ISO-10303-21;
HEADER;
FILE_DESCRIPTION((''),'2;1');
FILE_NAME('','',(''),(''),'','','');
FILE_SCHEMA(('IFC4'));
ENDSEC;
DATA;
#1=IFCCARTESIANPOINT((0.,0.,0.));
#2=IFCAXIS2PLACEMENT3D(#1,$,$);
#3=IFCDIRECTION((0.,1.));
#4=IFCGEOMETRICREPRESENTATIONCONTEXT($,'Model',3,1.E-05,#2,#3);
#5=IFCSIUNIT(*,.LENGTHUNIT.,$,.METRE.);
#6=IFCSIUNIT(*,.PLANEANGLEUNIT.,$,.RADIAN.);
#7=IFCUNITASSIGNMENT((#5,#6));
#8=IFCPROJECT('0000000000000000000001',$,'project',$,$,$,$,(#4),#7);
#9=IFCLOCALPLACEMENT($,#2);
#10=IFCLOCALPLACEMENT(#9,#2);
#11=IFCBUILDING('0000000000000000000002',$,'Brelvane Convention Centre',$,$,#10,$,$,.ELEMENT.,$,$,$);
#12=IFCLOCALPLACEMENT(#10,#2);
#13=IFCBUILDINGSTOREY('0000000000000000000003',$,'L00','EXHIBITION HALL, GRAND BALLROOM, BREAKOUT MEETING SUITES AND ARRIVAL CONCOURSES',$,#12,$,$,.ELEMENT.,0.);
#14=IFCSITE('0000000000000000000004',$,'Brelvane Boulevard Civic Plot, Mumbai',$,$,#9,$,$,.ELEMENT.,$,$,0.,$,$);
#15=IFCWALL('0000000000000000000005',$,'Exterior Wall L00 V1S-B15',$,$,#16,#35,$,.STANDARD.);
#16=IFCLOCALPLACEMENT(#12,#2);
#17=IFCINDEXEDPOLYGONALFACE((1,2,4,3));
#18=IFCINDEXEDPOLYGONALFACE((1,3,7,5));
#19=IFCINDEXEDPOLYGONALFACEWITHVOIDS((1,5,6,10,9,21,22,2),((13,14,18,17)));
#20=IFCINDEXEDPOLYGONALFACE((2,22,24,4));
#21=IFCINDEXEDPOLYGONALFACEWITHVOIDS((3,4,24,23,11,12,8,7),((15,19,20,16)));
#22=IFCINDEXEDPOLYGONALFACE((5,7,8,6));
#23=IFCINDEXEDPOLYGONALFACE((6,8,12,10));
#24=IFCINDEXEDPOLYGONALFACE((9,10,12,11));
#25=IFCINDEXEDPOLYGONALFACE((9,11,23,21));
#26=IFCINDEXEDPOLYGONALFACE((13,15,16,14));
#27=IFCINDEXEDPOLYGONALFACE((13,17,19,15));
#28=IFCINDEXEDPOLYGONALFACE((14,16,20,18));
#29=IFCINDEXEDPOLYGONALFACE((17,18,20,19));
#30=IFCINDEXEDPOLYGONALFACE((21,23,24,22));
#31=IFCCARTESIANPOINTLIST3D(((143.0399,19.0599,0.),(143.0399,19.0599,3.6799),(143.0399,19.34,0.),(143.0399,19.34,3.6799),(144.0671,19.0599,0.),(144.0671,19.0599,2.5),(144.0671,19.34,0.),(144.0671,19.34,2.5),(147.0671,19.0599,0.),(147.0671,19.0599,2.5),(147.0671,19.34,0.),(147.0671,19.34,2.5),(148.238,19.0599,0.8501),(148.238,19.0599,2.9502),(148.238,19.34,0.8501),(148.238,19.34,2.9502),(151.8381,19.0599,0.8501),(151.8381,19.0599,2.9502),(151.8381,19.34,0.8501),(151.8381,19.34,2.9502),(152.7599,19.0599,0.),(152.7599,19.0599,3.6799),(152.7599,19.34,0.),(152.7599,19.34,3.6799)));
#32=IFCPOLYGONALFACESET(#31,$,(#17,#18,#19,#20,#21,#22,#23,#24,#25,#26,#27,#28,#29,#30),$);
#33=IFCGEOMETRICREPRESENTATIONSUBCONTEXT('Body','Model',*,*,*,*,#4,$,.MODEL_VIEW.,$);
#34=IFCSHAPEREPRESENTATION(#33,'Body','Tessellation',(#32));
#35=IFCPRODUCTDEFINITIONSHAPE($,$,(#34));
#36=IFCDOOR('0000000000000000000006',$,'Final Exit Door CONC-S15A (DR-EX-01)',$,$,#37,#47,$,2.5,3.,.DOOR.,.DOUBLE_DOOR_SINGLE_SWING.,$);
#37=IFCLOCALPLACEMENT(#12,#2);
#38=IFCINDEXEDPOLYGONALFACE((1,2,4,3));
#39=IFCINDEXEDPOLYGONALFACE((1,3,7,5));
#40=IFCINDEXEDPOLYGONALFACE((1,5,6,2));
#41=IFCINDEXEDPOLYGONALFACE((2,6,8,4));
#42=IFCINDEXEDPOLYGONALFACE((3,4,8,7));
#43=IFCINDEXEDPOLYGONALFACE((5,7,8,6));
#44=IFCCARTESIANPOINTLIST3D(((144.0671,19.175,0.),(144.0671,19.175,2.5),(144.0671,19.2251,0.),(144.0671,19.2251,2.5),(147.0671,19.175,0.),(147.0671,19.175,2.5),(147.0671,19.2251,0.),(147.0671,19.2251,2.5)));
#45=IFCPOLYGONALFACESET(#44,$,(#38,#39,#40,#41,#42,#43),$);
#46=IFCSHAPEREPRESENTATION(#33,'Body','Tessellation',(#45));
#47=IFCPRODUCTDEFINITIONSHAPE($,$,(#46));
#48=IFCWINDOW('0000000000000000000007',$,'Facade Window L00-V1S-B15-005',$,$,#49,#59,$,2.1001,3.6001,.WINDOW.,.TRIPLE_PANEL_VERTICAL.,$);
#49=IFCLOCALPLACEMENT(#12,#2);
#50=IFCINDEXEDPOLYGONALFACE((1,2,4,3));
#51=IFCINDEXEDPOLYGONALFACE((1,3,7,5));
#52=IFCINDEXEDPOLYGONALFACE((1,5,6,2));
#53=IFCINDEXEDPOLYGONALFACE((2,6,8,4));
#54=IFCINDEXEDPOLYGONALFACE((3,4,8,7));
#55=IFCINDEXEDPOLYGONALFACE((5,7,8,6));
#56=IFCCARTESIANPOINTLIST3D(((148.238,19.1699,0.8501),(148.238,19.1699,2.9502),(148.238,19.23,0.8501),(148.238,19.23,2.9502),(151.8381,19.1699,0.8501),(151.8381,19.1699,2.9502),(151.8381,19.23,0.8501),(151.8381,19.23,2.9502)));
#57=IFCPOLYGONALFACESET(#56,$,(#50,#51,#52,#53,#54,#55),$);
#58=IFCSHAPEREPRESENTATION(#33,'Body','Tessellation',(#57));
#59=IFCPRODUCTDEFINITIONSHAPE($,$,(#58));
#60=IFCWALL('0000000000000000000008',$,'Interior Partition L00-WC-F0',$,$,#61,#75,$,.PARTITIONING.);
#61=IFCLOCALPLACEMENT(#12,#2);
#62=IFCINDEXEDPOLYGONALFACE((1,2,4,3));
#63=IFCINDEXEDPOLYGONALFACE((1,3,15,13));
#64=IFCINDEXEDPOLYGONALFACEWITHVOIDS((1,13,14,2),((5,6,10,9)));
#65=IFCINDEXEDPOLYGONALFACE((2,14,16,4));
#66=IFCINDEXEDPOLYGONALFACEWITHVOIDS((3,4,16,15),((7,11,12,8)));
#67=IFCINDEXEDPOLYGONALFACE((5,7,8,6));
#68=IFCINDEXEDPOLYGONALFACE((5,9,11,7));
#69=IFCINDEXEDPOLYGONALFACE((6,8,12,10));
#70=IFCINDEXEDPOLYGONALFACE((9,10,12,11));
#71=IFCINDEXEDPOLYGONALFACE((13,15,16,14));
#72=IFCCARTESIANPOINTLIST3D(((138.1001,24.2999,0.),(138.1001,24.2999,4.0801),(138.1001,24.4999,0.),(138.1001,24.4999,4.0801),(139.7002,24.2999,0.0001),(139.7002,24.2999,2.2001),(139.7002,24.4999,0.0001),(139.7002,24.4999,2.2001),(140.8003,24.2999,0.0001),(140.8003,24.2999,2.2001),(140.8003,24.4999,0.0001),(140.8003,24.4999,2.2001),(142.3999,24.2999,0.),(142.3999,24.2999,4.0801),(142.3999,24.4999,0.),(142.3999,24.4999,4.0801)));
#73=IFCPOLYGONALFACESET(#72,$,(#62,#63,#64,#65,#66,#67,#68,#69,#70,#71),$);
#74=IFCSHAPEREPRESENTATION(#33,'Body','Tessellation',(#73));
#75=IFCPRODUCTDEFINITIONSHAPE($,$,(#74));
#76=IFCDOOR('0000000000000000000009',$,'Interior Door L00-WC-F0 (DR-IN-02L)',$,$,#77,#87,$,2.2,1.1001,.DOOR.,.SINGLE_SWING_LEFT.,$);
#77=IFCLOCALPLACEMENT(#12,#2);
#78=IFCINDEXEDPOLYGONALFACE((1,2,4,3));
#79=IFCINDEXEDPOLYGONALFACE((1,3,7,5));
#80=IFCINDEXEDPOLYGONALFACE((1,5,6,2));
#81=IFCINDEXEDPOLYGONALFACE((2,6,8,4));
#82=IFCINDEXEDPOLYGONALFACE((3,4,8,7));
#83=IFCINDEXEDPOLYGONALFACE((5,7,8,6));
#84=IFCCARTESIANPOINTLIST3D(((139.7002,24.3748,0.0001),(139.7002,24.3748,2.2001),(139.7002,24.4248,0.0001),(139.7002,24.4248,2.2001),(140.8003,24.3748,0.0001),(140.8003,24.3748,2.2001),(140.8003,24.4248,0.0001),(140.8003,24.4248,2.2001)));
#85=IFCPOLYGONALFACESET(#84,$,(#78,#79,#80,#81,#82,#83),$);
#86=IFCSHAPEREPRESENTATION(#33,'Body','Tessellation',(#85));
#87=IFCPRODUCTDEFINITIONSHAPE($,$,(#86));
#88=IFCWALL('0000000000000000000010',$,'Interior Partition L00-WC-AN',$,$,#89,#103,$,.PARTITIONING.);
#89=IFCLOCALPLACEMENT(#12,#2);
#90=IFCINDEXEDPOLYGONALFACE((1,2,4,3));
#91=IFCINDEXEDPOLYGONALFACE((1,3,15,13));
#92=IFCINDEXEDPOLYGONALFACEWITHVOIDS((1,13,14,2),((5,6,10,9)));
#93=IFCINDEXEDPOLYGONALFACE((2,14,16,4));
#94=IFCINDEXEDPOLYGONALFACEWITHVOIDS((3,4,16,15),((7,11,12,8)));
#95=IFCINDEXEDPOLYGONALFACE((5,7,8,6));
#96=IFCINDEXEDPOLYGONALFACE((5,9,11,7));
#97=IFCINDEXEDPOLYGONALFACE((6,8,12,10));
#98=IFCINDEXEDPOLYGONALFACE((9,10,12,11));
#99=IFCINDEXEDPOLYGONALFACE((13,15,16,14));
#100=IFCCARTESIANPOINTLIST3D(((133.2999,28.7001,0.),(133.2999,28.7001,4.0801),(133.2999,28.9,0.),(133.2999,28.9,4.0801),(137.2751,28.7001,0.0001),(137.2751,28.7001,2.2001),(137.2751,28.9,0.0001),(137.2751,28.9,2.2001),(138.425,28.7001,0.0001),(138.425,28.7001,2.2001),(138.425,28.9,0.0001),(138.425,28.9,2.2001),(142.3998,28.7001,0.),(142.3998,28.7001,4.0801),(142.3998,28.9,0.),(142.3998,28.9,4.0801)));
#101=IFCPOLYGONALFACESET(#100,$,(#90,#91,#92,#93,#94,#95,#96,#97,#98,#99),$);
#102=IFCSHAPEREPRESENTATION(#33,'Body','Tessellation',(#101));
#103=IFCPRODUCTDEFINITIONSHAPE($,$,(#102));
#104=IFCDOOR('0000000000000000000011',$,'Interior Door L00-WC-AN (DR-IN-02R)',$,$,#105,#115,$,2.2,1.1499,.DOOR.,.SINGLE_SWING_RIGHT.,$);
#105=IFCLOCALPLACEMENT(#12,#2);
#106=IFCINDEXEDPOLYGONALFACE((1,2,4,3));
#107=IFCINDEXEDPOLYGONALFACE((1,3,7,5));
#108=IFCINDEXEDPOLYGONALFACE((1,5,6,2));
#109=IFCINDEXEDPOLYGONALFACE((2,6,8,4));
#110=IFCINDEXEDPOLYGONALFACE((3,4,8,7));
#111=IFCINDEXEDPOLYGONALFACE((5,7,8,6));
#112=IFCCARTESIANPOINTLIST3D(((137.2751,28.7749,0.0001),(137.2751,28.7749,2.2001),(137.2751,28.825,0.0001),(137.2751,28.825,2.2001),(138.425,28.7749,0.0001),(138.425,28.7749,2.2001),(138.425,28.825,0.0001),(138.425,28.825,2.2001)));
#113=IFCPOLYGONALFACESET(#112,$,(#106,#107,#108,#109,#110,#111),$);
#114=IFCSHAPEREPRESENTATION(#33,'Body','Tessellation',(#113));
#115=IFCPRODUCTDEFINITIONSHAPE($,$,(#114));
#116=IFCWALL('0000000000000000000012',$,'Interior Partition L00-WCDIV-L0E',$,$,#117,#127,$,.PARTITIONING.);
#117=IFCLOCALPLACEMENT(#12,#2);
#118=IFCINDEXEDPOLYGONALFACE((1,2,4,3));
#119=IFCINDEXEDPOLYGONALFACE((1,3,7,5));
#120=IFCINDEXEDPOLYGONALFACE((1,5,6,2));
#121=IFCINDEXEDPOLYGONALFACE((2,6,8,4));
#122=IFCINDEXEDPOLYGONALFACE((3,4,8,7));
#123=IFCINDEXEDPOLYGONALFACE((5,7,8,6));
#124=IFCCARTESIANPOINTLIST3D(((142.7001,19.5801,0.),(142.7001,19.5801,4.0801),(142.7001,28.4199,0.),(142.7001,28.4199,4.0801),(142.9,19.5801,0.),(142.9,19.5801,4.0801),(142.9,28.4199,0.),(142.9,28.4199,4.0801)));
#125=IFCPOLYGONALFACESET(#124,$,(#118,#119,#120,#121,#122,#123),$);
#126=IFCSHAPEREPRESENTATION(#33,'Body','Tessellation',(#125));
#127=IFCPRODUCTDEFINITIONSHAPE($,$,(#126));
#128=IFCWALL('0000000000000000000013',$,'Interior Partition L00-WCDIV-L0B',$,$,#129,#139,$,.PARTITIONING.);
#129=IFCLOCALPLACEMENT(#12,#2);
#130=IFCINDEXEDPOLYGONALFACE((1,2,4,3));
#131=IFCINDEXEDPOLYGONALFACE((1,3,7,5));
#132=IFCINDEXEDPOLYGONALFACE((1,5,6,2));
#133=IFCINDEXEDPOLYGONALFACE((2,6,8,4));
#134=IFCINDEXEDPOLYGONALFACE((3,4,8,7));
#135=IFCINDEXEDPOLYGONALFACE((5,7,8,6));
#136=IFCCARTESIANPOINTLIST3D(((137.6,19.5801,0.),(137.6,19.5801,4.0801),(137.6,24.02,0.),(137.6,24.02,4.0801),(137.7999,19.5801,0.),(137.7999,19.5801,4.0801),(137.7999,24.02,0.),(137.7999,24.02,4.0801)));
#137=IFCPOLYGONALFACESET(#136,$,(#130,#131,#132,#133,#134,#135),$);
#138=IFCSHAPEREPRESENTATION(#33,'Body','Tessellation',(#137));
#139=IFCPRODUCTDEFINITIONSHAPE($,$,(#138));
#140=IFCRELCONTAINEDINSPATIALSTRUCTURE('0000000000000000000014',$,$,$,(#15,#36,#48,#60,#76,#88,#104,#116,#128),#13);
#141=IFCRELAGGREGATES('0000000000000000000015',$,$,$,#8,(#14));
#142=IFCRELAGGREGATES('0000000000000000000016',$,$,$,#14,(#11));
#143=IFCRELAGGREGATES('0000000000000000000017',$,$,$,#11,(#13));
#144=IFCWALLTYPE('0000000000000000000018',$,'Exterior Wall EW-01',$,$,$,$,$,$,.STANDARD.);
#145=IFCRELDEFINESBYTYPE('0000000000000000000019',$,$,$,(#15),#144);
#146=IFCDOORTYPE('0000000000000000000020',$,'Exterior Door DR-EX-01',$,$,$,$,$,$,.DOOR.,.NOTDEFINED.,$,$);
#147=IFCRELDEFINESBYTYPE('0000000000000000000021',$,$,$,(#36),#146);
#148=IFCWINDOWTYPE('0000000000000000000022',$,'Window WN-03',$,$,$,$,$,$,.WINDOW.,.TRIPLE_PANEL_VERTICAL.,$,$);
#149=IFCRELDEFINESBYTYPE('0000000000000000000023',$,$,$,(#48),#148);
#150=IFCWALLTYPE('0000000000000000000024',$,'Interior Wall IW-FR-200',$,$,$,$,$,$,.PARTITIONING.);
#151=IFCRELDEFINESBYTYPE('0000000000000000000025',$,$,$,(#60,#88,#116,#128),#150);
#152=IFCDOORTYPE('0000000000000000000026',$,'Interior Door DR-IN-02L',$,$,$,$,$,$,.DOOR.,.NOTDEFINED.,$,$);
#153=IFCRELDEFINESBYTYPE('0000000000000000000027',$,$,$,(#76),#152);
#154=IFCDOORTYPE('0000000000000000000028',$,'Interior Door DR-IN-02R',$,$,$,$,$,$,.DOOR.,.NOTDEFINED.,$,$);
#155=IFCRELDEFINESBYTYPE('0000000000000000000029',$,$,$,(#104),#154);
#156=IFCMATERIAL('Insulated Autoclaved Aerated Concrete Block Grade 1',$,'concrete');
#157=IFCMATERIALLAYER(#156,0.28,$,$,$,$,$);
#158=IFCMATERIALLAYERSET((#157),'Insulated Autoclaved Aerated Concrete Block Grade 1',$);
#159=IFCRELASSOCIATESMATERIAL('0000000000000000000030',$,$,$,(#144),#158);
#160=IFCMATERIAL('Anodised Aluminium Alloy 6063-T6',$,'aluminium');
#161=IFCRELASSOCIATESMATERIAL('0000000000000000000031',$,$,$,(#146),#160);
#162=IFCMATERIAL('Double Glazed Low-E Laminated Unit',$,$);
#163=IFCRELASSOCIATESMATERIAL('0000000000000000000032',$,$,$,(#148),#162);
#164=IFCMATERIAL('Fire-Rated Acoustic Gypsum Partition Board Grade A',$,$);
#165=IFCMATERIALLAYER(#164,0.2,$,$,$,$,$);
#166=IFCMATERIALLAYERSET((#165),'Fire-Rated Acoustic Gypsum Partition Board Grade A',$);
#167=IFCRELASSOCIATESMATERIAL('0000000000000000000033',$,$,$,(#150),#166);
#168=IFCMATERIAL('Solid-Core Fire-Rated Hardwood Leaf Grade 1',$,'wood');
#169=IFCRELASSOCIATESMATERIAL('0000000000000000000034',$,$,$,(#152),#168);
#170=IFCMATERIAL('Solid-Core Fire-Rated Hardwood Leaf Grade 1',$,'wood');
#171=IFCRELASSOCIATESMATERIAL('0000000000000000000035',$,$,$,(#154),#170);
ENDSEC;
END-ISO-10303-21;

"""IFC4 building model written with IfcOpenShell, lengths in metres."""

from ifc_helpers import new_model, si_unit, direction, frame, frame_2d, origin, place, context, subcontext, project, spatial, rectangle, extrude, material, layer, layer_set, type_object, element, fill, save


model = new_model("IFC4")

# Units and contexts
model_context = context("Model", 3, precision=1e-05, world=origin(), true_north=direction((0.0, 1.0)))
body_context = subcontext(model_context, "Body", "Model", "MODEL_VIEW")
ifc_project = project(units=[si_unit("LENGTHUNIT", "METRE"), si_unit("PLANEANGLEUNIT", "RADIAN")], contexts=[model_context])

# Site, building, storey
site_placement = place(None, origin())
site = spatial("IfcSite", under=ifc_project, at=site_placement, Name="Brelvane Boulevard Civic Plot, Mumbai", CompositionType="ELEMENT", RefElevation=0.0)
building_placement = place(site_placement, origin())
building = spatial("IfcBuilding", under=site, at=building_placement, Name="Brelvane Convention Centre", CompositionType="ELEMENT")
storey_placement = place(building_placement, origin())
storey = spatial("IfcBuildingStorey", under=building, at=storey_placement, Name="L00", Description="EXHIBITION HALL, GRAND BALLROOM, BREAKOUT MEETING SUITES AND ARRIVAL CONCOURSES", CompositionType="ELEMENT", Elevation=0.0)

# Wall, openings, door, window
ifc_material_1 = material(Name="Insulated Autoclaved Aerated Concrete Block Grade 1", Category="concrete")
ifc_layer_1 = layer(ifc_material_1, 0.28)
ifc_layer_set_1 = layer_set([ifc_layer_1], Name="Insulated Autoclaved Aerated Concrete Block Grade 1")
wall_type_1 = type_object("IfcWallType", Name="Exterior Wall EW-01", PredefinedType="STANDARD", material=ifc_layer_set_1)
wall_1_placement = place(storey_placement, frame((143.04, 19.2, 0.0), z_axis=(0.0, 0.0, 1.0), x_axis=(1.0, 0.0, 0.0)))
wall_1 = element("IfcWall", 1, at=wall_1_placement, inside=storey, type_object=wall_type_1, Name="Exterior Wall L00 V1S-B15", PredefinedType="STANDARD", context=body_context, shape_type="SweptSolid", body=[
    extrude(rectangle(XDim=9.72, YDim=0.28, at=frame_2d((4.8599, 0.0))), origin(), (0.0, 0.0, 1.0), 3.6799),
])
opening_1_placement = place(wall_1_placement, frame((1.0271, 0.0, 0.0)))
opening_1 = element("IfcOpeningElement", 2, at=opening_1_placement, cuts=wall_1, PredefinedType="OPENING", context=body_context, shape_type="SweptSolid", body=[
    extrude(rectangle(XDim=3.0, YDim=2.5, at=frame_2d((1.5, 1.25))), frame((0.0, 0.1499, 0.0), z_axis=(0.0, -1.0, 0.0), x_axis=(1.0, 0.0, 0.0)), (0.0, 0.0, 1.0), 0.3),
])
opening_2_placement = place(wall_1_placement, frame((5.198, 0.0, 0.8501)))
opening_2 = element("IfcOpeningElement", 3, at=opening_2_placement, cuts=wall_1, PredefinedType="OPENING", context=body_context, shape_type="SweptSolid", body=[
    extrude(rectangle(XDim=3.6001, YDim=2.1001, at=frame_2d((1.8, 1.05))), frame((0.0, 0.1499, 0.0), z_axis=(0.0, -1.0, 0.0), x_axis=(1.0, 0.0, 0.0)), (0.0, 0.0, 1.0), 0.3),
])
ifc_material_2 = material(Name="Anodised Aluminium Alloy 6063-T6", Category="aluminium")
door_type_1 = type_object("IfcDoorType", Name="Exterior Door DR-EX-01", OperationType="NOTDEFINED", PredefinedType="DOOR", material=ifc_material_2)
door_1_placement = place(opening_1_placement, frame((3.0, 0.0, 0.0), z_axis=(0.0, 0.0, 1.0), x_axis=(-1.0, 0.0, 0.0)))
door_1 = element("IfcDoor", 4, at=door_1_placement, inside=storey, type_object=door_type_1, Name="Final Exit Door CONC-S15A (DR-EX-01)", OperationType="DOUBLE_DOOR_SINGLE_SWING", OverallHeight=2.5, OverallWidth=3.0, PredefinedType="DOOR", context=body_context, shape_type="SweptSolid", body=[
    extrude(rectangle(XDim=3.0, YDim=2.5, at=frame_2d((1.5, 1.25))), frame((0.0, 0.0249, 0.0), z_axis=(0.0, -1.0, 0.0), x_axis=(1.0, 0.0, 0.0)), (0.0, 0.0, 1.0), 0.05),
])
fill(opening_1, door_1)
ifc_material_3 = material(Name="Double Glazed Low-E Laminated Unit")
window_type = type_object("IfcWindowType", Name="Window WN-03", PartitioningType="TRIPLE_PANEL_VERTICAL", PredefinedType="WINDOW", material=ifc_material_3)
window_placement = place(opening_2_placement, origin())
window = element("IfcWindow", 5, at=window_placement, inside=storey, type_object=window_type, Name="Facade Window L00-V1S-B15-005", OverallHeight=2.1001, OverallWidth=3.6001, PartitioningType="TRIPLE_PANEL_VERTICAL", PredefinedType="WINDOW", context=body_context, shape_type="SweptSolid", body=[
    extrude(rectangle(XDim=3.6001, YDim=2.1001, at=frame_2d((1.8, 1.05))), frame((0.0, 0.03, 0.0), z_axis=(0.0, -1.0, 0.0), x_axis=(1.0, 0.0, 0.0)), (0.0, 0.0, 1.0), 0.0601),
])
fill(opening_2, window)

# Walls, openings, doors
ifc_material_4 = material(Name="Fire-Rated Acoustic Gypsum Partition Board Grade A")
ifc_layer_2 = layer(ifc_material_4, 0.2)
ifc_layer_set_2 = layer_set([ifc_layer_2], Name="Fire-Rated Acoustic Gypsum Partition Board Grade A")
wall_type_2 = type_object("IfcWallType", Name="Interior Wall IW-FR-200", PredefinedType="PARTITIONING", material=ifc_layer_set_2)
wall_2_placement = place(storey_placement, frame((138.1001, 24.3999, 0.0), z_axis=(0.0, 0.0, 1.0), x_axis=(1.0, 0.0, 0.0)))
wall_2 = element("IfcWall", 6, at=wall_2_placement, inside=storey, type_object=wall_type_2, Name="Interior Partition L00-WC-F0", PredefinedType="PARTITIONING", context=body_context, shape_type="SweptSolid", body=[
    extrude(rectangle(XDim=4.2998, YDim=0.2, at=frame_2d((2.1499, 0.0))), origin(), (0.0, 0.0, 1.0), 4.0801),
])
opening_3_placement = place(wall_2_placement, frame((1.6001, 0.0, 0.0)))
opening_3 = element("IfcOpeningElement", 7, at=opening_3_placement, cuts=wall_2, PredefinedType="OPENING", context=body_context, shape_type="SweptSolid", body=[
    extrude(rectangle(XDim=1.1001, YDim=2.2, at=frame_2d((0.55, 1.1001))), frame((0.0, 0.1099, 0.0), z_axis=(0.0, -1.0, 0.0), x_axis=(1.0, 0.0, 0.0)), (0.0, 0.0, 1.0), 0.22),
])
ifc_material_5 = material(Name="Solid-Core Fire-Rated Hardwood Leaf Grade 1", Category="wood")
door_type_2 = type_object("IfcDoorType", Name="Interior Door DR-IN-02L", OperationType="NOTDEFINED", PredefinedType="DOOR", material=ifc_material_5)
door_2_placement = place(opening_3_placement, origin())
door_2 = element("IfcDoor", 8, at=door_2_placement, inside=storey, type_object=door_type_2, Name="Interior Door L00-WC-F0 (DR-IN-02L)", OperationType="SINGLE_SWING_LEFT", OverallHeight=2.2, OverallWidth=1.1001, PredefinedType="DOOR", context=body_context, shape_type="SweptSolid", body=[
    extrude(rectangle(XDim=1.1001, YDim=2.2, at=frame_2d((0.55, 1.1001))), frame((0.0, 0.0249, 0.0), z_axis=(0.0, -1.0, 0.0), x_axis=(1.0, 0.0, 0.0)), (0.0, 0.0, 1.0), 0.05),
])
fill(opening_3, door_2)
wall_3_placement = place(storey_placement, frame((133.3, 28.8, 0.0), z_axis=(0.0, 0.0, 1.0), x_axis=(1.0, 0.0, 0.0)))
wall_3 = element("IfcWall", 9, at=wall_3_placement, inside=storey, type_object=wall_type_2, Name="Interior Partition L00-WC-AN", PredefinedType="PARTITIONING", context=body_context, shape_type="SweptSolid", body=[
    extrude(rectangle(XDim=9.0999, YDim=0.2, at=frame_2d((4.5498, 0.0))), origin(), (0.0, 0.0, 1.0), 4.0801),
])
opening_4_placement = place(wall_3_placement, frame((3.9751, 0.0, 0.0)))
opening_4 = element("IfcOpeningElement", 10, at=opening_4_placement, cuts=wall_3, PredefinedType="OPENING", context=body_context, shape_type="SweptSolid", body=[
    extrude(rectangle(XDim=1.1499, YDim=2.2, at=frame_2d((0.575, 1.1001))), frame((0.0, 0.1099, 0.0), z_axis=(0.0, -1.0, 0.0), x_axis=(1.0, 0.0, 0.0)), (0.0, 0.0, 1.0), 0.22),
])
ifc_material_6 = material(Name="Solid-Core Fire-Rated Hardwood Leaf Grade 1", Category="wood")
door_type_3 = type_object("IfcDoorType", Name="Interior Door DR-IN-02R", OperationType="NOTDEFINED", PredefinedType="DOOR", material=ifc_material_6)
door_3_placement = place(opening_4_placement, origin())
door_3 = element("IfcDoor", 11, at=door_3_placement, inside=storey, type_object=door_type_3, Name="Interior Door L00-WC-AN (DR-IN-02R)", OperationType="SINGLE_SWING_RIGHT", OverallHeight=2.2, OverallWidth=1.1499, PredefinedType="DOOR", context=body_context, shape_type="SweptSolid", body=[
    extrude(rectangle(XDim=1.1499, YDim=2.2, at=frame_2d((0.575, 1.1001))), frame((0.0, 0.0249, 0.0), z_axis=(0.0, -1.0, 0.0), x_axis=(1.0, 0.0, 0.0)), (0.0, 0.0, 1.0), 0.05),
])
fill(opening_4, door_3)

# Walls
wall_4_placement = place(storey_placement, frame((142.8, 19.5801, 0.0), z_axis=(0.0, 0.0, 1.0), x_axis=(0.0, 1.0, 0.0)))
element("IfcWall", 12, at=wall_4_placement, inside=storey, type_object=wall_type_2, Name="Interior Partition L00-WCDIV-L0E", PredefinedType="PARTITIONING", context=body_context, shape_type="SweptSolid", body=[
    extrude(rectangle(XDim=8.8398, YDim=0.2, at=frame_2d((4.4199, 0.0))), origin(), (0.0, 0.0, 1.0), 4.0801),
])
wall_5_placement = place(storey_placement, frame((137.7, 19.5801, 0.0), z_axis=(0.0, 0.0, 1.0), x_axis=(0.0, 1.0, 0.0)))
element("IfcWall", 13, at=wall_5_placement, inside=storey, type_object=wall_type_2, Name="Interior Partition L00-WCDIV-L0B", PredefinedType="PARTITIONING", context=body_context, shape_type="SweptSolid", body=[
    extrude(rectangle(XDim=4.4399, YDim=0.2, at=frame_2d((2.22, 0.0))), origin(), (0.0, 0.0, 1.0), 4.0801),
])

save(model, "model.ifc")
